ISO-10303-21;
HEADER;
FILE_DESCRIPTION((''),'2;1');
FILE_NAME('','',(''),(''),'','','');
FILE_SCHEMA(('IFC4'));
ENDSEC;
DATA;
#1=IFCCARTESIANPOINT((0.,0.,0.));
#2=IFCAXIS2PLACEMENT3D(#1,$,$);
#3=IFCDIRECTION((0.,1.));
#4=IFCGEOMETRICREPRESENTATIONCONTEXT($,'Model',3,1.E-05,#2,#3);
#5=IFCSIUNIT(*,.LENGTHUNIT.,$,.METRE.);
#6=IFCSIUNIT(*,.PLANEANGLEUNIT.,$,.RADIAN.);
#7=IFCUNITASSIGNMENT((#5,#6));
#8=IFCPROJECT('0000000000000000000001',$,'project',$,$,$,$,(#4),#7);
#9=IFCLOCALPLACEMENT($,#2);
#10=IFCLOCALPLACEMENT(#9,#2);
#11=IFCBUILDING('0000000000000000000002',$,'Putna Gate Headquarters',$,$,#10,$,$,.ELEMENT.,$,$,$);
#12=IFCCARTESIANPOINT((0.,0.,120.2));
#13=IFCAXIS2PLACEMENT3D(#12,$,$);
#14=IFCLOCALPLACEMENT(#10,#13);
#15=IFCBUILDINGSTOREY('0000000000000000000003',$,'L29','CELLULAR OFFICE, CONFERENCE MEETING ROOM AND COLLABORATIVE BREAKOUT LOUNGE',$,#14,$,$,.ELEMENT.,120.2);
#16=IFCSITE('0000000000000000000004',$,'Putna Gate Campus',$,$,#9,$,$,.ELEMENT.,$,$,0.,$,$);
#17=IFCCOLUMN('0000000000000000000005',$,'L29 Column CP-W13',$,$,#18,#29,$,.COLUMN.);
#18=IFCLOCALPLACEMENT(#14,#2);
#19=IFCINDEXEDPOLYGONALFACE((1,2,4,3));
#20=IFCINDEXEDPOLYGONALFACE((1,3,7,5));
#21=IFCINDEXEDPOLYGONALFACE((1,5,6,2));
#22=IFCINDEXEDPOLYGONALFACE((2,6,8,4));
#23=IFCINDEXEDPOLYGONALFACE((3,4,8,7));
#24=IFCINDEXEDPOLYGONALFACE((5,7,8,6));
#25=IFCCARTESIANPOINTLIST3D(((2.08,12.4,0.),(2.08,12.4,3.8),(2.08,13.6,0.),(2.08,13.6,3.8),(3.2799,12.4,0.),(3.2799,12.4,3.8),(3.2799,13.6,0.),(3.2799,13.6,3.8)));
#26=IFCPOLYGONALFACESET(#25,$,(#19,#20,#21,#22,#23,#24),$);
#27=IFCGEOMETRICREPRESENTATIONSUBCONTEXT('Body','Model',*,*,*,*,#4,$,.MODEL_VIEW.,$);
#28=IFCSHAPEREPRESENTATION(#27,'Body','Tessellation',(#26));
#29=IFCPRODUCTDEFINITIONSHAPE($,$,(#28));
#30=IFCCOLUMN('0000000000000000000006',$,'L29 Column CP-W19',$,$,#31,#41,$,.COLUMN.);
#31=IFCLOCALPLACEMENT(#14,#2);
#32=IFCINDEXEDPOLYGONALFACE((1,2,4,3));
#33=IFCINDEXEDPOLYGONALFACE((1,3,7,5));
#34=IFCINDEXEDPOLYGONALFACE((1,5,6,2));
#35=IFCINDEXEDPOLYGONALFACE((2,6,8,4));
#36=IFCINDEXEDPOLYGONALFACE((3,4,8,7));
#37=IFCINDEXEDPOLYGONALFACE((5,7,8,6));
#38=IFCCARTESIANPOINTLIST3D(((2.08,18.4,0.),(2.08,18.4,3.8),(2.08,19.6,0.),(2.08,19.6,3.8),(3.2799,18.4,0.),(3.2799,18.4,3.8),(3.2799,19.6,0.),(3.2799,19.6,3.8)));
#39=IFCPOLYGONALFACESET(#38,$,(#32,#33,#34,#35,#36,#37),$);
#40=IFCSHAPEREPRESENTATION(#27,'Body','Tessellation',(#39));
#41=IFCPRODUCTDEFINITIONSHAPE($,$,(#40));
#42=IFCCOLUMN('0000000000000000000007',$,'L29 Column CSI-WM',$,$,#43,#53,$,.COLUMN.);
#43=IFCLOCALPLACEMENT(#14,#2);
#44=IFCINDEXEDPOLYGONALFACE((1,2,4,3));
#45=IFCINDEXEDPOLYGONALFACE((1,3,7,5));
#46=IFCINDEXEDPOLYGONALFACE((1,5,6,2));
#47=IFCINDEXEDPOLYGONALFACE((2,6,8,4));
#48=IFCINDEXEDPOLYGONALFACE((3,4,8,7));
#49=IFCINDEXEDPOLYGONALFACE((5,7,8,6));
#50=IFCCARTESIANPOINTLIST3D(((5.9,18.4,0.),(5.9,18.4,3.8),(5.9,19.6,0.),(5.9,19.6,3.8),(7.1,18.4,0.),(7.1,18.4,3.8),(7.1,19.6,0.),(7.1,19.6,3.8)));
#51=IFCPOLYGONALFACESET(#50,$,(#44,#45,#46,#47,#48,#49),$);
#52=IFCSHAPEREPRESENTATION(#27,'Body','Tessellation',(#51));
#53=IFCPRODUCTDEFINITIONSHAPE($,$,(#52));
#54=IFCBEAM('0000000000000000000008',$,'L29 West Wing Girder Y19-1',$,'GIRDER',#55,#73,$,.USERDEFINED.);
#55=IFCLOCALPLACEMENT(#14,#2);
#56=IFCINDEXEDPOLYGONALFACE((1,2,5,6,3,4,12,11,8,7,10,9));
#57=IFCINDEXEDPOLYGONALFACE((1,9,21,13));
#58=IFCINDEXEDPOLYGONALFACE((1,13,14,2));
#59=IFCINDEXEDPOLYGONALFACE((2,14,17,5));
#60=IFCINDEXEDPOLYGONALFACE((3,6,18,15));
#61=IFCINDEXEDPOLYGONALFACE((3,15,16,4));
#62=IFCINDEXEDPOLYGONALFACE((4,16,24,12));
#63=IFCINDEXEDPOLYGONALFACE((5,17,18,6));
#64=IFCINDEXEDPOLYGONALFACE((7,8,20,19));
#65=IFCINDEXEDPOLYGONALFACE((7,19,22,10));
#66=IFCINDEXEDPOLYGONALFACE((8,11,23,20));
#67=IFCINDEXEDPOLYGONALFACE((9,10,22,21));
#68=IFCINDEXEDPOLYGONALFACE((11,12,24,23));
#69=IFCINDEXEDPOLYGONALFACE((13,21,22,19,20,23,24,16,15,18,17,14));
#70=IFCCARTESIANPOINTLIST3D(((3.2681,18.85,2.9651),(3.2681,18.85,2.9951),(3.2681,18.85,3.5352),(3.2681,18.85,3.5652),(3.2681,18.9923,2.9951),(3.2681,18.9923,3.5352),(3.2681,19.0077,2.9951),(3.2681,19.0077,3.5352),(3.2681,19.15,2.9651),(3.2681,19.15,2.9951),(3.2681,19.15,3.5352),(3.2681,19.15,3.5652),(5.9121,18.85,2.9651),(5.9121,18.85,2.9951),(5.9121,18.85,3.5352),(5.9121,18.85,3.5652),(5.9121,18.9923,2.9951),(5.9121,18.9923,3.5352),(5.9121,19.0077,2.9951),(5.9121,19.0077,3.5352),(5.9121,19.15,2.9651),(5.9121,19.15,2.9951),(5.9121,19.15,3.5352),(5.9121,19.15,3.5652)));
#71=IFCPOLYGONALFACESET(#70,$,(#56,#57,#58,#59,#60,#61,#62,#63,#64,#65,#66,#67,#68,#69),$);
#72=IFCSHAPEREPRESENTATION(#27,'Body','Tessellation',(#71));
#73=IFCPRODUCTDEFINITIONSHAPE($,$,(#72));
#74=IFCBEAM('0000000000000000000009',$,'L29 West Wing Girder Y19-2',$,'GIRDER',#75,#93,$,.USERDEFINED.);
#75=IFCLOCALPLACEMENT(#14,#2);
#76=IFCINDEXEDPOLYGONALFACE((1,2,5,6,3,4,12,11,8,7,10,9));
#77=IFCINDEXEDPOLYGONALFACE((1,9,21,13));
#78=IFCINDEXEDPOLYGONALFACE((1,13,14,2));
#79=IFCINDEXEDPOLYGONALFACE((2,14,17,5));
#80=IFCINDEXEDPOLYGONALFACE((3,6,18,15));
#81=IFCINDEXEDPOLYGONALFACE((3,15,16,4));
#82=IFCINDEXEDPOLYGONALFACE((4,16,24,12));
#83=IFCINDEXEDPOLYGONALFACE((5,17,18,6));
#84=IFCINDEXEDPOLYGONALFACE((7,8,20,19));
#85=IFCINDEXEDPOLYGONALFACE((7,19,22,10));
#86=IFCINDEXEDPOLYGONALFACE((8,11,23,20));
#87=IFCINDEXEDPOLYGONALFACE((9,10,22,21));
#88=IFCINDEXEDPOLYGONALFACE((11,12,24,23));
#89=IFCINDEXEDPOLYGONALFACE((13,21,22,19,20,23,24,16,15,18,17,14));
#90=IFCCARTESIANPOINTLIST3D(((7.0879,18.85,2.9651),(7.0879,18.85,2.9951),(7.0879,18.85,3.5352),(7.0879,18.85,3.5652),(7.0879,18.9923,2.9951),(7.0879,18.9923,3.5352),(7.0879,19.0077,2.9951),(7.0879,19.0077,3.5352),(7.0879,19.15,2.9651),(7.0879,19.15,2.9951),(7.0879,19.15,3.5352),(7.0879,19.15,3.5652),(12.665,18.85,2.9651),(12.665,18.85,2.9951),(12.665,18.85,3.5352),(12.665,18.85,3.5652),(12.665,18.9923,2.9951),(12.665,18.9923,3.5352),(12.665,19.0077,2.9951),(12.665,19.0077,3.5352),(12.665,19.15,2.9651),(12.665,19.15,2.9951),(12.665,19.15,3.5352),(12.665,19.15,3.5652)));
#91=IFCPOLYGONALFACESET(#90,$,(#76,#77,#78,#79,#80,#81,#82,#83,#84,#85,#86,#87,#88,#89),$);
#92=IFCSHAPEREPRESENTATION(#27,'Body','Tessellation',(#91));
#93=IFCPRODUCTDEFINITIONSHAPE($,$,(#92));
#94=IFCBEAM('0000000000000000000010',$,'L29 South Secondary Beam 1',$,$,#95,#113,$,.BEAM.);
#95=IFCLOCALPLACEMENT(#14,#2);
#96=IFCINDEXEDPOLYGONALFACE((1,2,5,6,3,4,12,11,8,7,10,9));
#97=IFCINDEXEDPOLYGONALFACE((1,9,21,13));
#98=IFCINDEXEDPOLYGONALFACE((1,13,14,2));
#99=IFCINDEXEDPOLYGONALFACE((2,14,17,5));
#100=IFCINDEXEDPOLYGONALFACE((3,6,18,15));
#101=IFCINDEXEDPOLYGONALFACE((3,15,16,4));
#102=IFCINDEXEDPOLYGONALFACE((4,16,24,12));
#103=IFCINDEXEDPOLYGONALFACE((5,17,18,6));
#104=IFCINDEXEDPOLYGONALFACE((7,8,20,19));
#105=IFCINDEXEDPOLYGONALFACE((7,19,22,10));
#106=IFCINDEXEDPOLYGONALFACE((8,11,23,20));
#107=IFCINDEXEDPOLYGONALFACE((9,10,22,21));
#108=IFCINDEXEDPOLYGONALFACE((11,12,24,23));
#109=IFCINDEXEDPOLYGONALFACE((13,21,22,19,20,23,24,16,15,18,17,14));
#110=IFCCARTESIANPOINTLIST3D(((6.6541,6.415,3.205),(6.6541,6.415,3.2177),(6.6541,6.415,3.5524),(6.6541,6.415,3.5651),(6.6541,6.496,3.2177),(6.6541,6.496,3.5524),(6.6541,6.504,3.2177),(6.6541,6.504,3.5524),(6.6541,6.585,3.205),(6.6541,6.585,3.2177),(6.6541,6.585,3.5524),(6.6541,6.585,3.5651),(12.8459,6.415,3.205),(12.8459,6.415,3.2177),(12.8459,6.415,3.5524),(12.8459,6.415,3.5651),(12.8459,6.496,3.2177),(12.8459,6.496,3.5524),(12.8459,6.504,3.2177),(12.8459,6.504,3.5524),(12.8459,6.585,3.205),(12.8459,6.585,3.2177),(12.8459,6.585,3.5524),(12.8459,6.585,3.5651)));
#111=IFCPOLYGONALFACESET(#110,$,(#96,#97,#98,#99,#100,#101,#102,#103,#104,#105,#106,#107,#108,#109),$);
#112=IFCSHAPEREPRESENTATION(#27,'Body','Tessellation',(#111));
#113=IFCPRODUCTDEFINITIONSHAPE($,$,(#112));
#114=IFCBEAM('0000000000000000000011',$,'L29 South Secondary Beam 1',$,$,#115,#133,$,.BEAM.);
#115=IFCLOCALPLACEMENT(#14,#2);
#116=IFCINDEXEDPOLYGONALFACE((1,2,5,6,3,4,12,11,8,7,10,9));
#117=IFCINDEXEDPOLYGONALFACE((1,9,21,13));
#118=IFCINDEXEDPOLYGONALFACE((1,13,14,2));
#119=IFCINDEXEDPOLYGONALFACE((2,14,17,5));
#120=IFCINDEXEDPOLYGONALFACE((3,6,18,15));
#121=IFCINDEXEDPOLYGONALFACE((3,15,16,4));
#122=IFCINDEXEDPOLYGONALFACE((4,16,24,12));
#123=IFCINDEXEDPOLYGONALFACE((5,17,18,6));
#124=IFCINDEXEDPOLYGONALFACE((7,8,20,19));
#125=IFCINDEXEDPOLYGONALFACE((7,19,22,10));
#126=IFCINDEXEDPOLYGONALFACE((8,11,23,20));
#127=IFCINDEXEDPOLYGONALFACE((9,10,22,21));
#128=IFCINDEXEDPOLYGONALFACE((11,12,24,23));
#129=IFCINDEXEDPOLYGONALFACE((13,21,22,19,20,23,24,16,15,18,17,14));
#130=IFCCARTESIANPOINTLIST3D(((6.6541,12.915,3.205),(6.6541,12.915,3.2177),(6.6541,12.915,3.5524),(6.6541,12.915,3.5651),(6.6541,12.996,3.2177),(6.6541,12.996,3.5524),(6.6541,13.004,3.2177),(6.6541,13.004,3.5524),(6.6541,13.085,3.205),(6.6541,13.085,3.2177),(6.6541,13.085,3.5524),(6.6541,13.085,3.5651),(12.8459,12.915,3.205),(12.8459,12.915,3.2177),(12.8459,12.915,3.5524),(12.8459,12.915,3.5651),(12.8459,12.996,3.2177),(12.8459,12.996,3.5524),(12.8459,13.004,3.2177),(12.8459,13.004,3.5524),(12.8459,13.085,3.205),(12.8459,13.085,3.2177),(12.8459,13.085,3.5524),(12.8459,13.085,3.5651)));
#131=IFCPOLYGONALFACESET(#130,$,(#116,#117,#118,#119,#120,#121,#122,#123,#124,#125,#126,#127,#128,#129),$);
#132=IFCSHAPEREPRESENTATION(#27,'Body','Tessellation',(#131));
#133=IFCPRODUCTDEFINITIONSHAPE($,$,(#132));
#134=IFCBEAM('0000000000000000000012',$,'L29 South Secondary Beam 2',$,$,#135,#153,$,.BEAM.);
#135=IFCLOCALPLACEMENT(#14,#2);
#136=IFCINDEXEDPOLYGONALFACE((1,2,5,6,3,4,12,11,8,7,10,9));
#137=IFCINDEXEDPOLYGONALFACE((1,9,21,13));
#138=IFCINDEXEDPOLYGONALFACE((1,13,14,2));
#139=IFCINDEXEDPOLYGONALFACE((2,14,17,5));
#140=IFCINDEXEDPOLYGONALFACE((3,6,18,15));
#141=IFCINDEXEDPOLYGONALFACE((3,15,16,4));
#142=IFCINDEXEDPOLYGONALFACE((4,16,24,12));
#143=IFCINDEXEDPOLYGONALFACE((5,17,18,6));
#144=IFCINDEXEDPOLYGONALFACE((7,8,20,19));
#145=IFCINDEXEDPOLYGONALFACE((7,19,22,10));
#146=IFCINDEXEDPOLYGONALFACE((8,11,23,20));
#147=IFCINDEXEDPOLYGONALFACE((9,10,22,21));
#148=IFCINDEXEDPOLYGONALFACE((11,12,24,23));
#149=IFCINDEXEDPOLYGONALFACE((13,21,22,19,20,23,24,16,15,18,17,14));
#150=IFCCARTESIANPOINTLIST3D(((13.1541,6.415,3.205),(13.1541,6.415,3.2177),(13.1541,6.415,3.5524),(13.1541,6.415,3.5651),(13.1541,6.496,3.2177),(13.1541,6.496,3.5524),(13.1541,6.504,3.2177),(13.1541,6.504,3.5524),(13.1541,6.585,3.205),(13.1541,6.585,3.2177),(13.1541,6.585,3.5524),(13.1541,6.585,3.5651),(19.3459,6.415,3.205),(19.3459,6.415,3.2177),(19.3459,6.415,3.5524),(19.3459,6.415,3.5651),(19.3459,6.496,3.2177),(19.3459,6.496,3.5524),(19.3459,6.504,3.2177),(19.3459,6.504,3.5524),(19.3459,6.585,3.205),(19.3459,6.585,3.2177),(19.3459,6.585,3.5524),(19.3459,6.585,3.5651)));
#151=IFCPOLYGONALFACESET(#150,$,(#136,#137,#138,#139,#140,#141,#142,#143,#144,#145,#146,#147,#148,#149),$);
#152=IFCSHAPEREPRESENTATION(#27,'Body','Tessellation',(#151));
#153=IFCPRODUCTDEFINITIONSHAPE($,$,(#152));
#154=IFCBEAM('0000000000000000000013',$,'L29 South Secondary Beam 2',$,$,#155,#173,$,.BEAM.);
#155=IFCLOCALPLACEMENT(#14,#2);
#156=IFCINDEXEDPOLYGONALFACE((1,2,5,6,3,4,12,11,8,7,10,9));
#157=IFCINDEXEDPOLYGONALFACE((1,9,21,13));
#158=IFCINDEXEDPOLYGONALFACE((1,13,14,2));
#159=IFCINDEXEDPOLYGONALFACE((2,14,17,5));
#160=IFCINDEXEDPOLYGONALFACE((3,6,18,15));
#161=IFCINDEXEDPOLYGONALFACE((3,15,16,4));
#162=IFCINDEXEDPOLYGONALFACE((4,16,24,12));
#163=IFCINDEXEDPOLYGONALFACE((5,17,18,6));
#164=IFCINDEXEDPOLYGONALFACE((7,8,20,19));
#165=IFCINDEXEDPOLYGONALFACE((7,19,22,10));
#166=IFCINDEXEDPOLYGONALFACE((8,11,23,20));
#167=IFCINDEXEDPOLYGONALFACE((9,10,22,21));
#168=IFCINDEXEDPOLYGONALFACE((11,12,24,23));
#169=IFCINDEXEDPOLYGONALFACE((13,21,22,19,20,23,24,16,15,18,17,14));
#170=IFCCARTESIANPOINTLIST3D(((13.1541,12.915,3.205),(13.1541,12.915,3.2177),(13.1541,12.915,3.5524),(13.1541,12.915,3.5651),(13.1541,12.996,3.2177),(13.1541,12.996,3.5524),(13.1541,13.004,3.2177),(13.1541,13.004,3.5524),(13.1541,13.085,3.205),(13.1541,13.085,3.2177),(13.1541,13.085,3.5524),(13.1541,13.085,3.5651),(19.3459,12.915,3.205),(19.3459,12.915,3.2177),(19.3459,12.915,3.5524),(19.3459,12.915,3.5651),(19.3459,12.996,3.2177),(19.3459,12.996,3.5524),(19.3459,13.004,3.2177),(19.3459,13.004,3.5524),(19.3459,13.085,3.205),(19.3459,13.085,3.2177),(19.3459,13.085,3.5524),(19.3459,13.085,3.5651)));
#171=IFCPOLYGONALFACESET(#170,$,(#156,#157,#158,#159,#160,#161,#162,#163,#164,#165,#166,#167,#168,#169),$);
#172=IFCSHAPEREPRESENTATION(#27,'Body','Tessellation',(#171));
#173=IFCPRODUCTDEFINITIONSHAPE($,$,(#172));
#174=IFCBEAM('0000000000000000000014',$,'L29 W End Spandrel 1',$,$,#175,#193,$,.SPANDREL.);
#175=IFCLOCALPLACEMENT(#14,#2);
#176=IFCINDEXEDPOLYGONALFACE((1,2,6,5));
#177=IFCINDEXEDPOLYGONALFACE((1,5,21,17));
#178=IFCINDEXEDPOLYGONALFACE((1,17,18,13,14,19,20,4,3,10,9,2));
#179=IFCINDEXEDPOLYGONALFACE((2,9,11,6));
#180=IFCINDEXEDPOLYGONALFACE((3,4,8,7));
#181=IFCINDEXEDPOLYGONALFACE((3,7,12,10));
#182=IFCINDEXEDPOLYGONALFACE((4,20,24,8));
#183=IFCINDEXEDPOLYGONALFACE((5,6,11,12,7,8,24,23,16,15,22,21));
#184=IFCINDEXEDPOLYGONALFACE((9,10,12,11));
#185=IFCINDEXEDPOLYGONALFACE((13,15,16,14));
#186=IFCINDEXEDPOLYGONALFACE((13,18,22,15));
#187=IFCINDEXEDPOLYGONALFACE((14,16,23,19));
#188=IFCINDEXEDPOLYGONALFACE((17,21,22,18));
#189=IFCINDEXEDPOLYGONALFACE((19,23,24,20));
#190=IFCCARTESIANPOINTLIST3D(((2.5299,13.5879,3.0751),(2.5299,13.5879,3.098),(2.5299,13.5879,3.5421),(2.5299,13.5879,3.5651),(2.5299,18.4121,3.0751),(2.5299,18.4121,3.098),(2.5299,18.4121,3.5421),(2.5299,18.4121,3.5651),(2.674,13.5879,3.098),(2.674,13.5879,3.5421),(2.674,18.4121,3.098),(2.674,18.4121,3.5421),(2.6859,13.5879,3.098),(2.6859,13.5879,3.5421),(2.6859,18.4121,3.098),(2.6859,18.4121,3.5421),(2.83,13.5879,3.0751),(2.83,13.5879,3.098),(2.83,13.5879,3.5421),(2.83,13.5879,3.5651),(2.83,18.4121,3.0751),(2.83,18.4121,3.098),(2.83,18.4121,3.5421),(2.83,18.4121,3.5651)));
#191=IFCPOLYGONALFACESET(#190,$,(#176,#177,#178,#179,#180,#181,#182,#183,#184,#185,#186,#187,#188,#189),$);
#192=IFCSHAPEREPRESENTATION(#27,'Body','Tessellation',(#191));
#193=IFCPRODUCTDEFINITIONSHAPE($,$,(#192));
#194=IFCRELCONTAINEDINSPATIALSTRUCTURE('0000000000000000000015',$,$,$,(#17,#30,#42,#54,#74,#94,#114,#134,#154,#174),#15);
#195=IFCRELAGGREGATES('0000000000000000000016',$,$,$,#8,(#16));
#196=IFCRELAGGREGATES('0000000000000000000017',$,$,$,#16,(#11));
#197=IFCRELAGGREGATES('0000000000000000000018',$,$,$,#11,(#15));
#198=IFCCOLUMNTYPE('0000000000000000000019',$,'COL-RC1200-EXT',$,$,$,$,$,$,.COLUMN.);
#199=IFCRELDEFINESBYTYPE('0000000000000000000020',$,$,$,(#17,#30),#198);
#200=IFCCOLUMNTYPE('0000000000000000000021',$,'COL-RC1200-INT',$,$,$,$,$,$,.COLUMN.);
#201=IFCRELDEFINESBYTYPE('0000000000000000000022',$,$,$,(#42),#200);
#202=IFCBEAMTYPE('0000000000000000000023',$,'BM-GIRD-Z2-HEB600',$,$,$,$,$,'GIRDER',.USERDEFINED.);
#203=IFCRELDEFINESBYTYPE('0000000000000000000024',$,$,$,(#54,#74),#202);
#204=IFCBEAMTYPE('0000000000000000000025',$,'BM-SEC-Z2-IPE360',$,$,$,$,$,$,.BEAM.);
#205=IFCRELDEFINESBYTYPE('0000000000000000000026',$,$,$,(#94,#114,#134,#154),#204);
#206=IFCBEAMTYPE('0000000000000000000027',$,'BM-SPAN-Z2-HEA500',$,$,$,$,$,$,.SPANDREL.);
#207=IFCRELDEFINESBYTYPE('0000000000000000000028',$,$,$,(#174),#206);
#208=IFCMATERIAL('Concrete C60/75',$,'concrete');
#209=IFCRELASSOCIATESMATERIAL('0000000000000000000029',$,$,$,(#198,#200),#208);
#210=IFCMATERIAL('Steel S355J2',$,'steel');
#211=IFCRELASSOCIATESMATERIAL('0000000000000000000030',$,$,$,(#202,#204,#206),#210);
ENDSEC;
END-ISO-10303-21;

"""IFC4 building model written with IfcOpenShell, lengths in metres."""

from ifc_helpers import new_model, si_unit, direction, frame, origin, origin_2d, place, context, subcontext, project, spatial, rectangle, i_section, extrude, material, material_profile, profile_set, type_object, element, save


model = new_model("IFC4")

# Units and contexts
model_context = context("Model", 3, precision=1e-05, world=origin(), true_north=direction((0.0, 1.0)))
body_context = subcontext(model_context, "Body", "Model", "MODEL_VIEW")
ifc_project = project(units=[si_unit("LENGTHUNIT", "METRE"), si_unit("PLANEANGLEUNIT", "RADIAN")], contexts=[model_context])

# Site, building, storey
site_placement = place(None, origin())
site = spatial("IfcSite", under=ifc_project, at=site_placement, Name="Putna Gate Campus", CompositionType="ELEMENT", RefElevation=0.0)
building_placement = place(site_placement, origin())
building = spatial("IfcBuilding", under=site, at=building_placement, Name="Putna Gate Headquarters", CompositionType="ELEMENT")
storey_placement = place(building_placement, frame((0.0, 0.0, 120.2)))
storey = spatial("IfcBuildingStorey", under=building, at=storey_placement, Name="L29", Description="CELLULAR OFFICE, CONFERENCE MEETING ROOM AND COLLABORATIVE BREAKOUT LOUNGE", CompositionType="ELEMENT", Elevation=120.2)

# Columns
ifc_material_1 = material(Name="Concrete C60/75", Category="concrete")
ifc_material_profile_1 = material_profile(ifc_material_1, rectangle(XDim=1.2, YDim=1.2, at=origin_2d()), Name="Concrete C60/75")
ifc_profile_set_1 = profile_set([ifc_material_profile_1], Name="Concrete C60/75")
column_type_1 = type_object("IfcColumnType", Name="COL-RC1200-EXT", PredefinedType="COLUMN", material=ifc_profile_set_1)
for number, where, z_axis, x_axis, name in (
    (1, (2.6799, 13.0, 0.0), (0.0, 0.0, 1.0), (1.0, 0.0, 0.0), "L29 Column CP-W13"),
    (2, (2.6799, 19.0, 0.0), (0.0, 0.0, 1.0), (1.0, 0.0, 0.0), "L29 Column CP-W19"),
):
    element("IfcColumn", number, at=place(storey_placement, frame(where, z_axis=z_axis, x_axis=x_axis)), inside=storey, type_object=column_type_1, Name=name, PredefinedType="COLUMN", context=body_context, shape_type="SweptSolid", body=[
        extrude(rectangle(XDim=1.2, YDim=1.2, at=origin_2d()), origin(), (0.0, 0.0, 1.0), 3.8),
    ])
ifc_material_profile_2 = material_profile(ifc_material_1, rectangle(XDim=1.2, YDim=1.2, at=origin_2d()), Name="Concrete C60/75")
ifc_profile_set_2 = profile_set([ifc_material_profile_2], Name="Concrete C60/75")
column_type_2 = type_object("IfcColumnType", Name="COL-RC1200-INT", PredefinedType="COLUMN", material=ifc_profile_set_2)
column_placement = place(storey_placement, frame((6.5, 19.0, 0.0), z_axis=(0.0, 0.0, 1.0), x_axis=(1.0, 0.0, 0.0)))
element("IfcColumn", 3, at=column_placement, inside=storey, type_object=column_type_2, Name="L29 Column CSI-WM", PredefinedType="COLUMN", context=body_context, shape_type="SweptSolid", body=[
    extrude(rectangle(XDim=1.2, YDim=1.2, at=origin_2d()), origin(), (0.0, 0.0, 1.0), 3.8),
])

# Beams
ifc_material_2 = material(Name="Steel S355J2", Category="steel")
ifc_material_profile_3 = material_profile(ifc_material_2, i_section(OverallWidth=0.3, OverallDepth=0.6001, WebThickness=0.0154, FlangeThickness=0.03, at=origin_2d()), Name="Steel S355J2")
ifc_profile_set_3 = profile_set([ifc_material_profile_3], Name="Steel S355J2")
beam_type_1 = type_object("IfcBeamType", Name="BM-GIRD-Z2-HEB600", ElementType="GIRDER", PredefinedType="USERDEFINED", material=ifc_profile_set_3)
beam_1_placement = place(storey_placement, frame((3.2681, 19.0, 3.2651), z_axis=(1.0, 0.0, 0.0), x_axis=(0.0, 1.0, 0.0)))
element("IfcBeam", 4, at=beam_1_placement, inside=storey, type_object=beam_type_1, Name="L29 West Wing Girder Y19-1", ObjectType="GIRDER", PredefinedType="USERDEFINED", context=body_context, shape_type="SweptSolid", body=[
    extrude(i_section(OverallWidth=0.3, OverallDepth=0.6001, WebThickness=0.0154, FlangeThickness=0.03, at=origin_2d()), origin(), (0.0, 0.0, 1.0), 2.644),
])
beam_2_placement = place(storey_placement, frame((7.0879, 19.0, 3.2651), z_axis=(1.0, 0.0, 0.0), x_axis=(0.0, 1.0, 0.0)))
element("IfcBeam", 5, at=beam_2_placement, inside=storey, type_object=beam_type_1, Name="L29 West Wing Girder Y19-2", ObjectType="GIRDER", PredefinedType="USERDEFINED", context=body_context, shape_type="SweptSolid", body=[
    extrude(i_section(OverallWidth=0.3, OverallDepth=0.6001, WebThickness=0.0154, FlangeThickness=0.03, at=origin_2d()), origin(), (0.0, 0.0, 1.0), 5.5771),
])
ifc_material_profile_4 = material_profile(ifc_material_2, i_section(OverallWidth=0.1699, OverallDepth=0.3601, WebThickness=0.0081, FlangeThickness=0.0127, at=origin_2d()), Name="Steel S355J2")
ifc_profile_set_4 = profile_set([ifc_material_profile_4], Name="Steel S355J2")
beam_type_2 = type_object("IfcBeamType", Name="BM-SEC-Z2-IPE360", PredefinedType="BEAM", material=ifc_profile_set_4)
for number, where, z_axis, x_axis, name in (
    (6, (6.6541, 6.5, 3.385), (1.0, 0.0, 0.0), (0.0, 1.0, 0.0), "L29 South Secondary Beam 1"),
    (7, (6.6541, 13.0, 3.385), (1.0, 0.0, 0.0), (0.0, 1.0, 0.0), "L29 South Secondary Beam 1"),
    (8, (13.1541, 6.5, 3.385), (1.0, 0.0, 0.0), (0.0, 1.0, 0.0), "L29 South Secondary Beam 2"),
    (9, (13.1541, 13.0, 3.385), (1.0, 0.0, 0.0), (0.0, 1.0, 0.0), "L29 South Secondary Beam 2"),
):
    element("IfcBeam", number, at=place(storey_placement, frame(where, z_axis=z_axis, x_axis=x_axis)), inside=storey, type_object=beam_type_2, Name=name, PredefinedType="BEAM", context=body_context, shape_type="SweptSolid", body=[
        extrude(i_section(OverallWidth=0.1699, OverallDepth=0.3601, WebThickness=0.0081, FlangeThickness=0.0127, at=origin_2d()), origin(), (0.0, 0.0, 1.0), 6.1919),
    ])
ifc_material_profile_5 = material_profile(ifc_material_2, i_section(OverallWidth=0.3, OverallDepth=0.49, WebThickness=0.012, FlangeThickness=0.0229, at=origin_2d()), Name="Steel S355J2")
ifc_profile_set_5 = profile_set([ifc_material_profile_5], Name="Steel S355J2")
beam_type_3 = type_object("IfcBeamType", Name="BM-SPAN-Z2-HEA500", PredefinedType="SPANDREL", material=ifc_profile_set_5)
beam_3_placement = place(storey_placement, frame((2.6799, 13.5879, 3.3201), z_axis=(0.0, 1.0, 0.0), x_axis=(-1.0, 0.0, 0.0)))
element("IfcBeam", 10, at=beam_3_placement, inside=storey, type_object=beam_type_3, Name="L29 W End Spandrel 1", PredefinedType="SPANDREL", context=body_context, shape_type="SweptSolid", body=[
    extrude(i_section(OverallWidth=0.3, OverallDepth=0.49, WebThickness=0.012, FlangeThickness=0.0229, at=origin_2d()), origin(), (0.0, 0.0, 1.0), 4.8242),
])

save(model, "model.ifc")
